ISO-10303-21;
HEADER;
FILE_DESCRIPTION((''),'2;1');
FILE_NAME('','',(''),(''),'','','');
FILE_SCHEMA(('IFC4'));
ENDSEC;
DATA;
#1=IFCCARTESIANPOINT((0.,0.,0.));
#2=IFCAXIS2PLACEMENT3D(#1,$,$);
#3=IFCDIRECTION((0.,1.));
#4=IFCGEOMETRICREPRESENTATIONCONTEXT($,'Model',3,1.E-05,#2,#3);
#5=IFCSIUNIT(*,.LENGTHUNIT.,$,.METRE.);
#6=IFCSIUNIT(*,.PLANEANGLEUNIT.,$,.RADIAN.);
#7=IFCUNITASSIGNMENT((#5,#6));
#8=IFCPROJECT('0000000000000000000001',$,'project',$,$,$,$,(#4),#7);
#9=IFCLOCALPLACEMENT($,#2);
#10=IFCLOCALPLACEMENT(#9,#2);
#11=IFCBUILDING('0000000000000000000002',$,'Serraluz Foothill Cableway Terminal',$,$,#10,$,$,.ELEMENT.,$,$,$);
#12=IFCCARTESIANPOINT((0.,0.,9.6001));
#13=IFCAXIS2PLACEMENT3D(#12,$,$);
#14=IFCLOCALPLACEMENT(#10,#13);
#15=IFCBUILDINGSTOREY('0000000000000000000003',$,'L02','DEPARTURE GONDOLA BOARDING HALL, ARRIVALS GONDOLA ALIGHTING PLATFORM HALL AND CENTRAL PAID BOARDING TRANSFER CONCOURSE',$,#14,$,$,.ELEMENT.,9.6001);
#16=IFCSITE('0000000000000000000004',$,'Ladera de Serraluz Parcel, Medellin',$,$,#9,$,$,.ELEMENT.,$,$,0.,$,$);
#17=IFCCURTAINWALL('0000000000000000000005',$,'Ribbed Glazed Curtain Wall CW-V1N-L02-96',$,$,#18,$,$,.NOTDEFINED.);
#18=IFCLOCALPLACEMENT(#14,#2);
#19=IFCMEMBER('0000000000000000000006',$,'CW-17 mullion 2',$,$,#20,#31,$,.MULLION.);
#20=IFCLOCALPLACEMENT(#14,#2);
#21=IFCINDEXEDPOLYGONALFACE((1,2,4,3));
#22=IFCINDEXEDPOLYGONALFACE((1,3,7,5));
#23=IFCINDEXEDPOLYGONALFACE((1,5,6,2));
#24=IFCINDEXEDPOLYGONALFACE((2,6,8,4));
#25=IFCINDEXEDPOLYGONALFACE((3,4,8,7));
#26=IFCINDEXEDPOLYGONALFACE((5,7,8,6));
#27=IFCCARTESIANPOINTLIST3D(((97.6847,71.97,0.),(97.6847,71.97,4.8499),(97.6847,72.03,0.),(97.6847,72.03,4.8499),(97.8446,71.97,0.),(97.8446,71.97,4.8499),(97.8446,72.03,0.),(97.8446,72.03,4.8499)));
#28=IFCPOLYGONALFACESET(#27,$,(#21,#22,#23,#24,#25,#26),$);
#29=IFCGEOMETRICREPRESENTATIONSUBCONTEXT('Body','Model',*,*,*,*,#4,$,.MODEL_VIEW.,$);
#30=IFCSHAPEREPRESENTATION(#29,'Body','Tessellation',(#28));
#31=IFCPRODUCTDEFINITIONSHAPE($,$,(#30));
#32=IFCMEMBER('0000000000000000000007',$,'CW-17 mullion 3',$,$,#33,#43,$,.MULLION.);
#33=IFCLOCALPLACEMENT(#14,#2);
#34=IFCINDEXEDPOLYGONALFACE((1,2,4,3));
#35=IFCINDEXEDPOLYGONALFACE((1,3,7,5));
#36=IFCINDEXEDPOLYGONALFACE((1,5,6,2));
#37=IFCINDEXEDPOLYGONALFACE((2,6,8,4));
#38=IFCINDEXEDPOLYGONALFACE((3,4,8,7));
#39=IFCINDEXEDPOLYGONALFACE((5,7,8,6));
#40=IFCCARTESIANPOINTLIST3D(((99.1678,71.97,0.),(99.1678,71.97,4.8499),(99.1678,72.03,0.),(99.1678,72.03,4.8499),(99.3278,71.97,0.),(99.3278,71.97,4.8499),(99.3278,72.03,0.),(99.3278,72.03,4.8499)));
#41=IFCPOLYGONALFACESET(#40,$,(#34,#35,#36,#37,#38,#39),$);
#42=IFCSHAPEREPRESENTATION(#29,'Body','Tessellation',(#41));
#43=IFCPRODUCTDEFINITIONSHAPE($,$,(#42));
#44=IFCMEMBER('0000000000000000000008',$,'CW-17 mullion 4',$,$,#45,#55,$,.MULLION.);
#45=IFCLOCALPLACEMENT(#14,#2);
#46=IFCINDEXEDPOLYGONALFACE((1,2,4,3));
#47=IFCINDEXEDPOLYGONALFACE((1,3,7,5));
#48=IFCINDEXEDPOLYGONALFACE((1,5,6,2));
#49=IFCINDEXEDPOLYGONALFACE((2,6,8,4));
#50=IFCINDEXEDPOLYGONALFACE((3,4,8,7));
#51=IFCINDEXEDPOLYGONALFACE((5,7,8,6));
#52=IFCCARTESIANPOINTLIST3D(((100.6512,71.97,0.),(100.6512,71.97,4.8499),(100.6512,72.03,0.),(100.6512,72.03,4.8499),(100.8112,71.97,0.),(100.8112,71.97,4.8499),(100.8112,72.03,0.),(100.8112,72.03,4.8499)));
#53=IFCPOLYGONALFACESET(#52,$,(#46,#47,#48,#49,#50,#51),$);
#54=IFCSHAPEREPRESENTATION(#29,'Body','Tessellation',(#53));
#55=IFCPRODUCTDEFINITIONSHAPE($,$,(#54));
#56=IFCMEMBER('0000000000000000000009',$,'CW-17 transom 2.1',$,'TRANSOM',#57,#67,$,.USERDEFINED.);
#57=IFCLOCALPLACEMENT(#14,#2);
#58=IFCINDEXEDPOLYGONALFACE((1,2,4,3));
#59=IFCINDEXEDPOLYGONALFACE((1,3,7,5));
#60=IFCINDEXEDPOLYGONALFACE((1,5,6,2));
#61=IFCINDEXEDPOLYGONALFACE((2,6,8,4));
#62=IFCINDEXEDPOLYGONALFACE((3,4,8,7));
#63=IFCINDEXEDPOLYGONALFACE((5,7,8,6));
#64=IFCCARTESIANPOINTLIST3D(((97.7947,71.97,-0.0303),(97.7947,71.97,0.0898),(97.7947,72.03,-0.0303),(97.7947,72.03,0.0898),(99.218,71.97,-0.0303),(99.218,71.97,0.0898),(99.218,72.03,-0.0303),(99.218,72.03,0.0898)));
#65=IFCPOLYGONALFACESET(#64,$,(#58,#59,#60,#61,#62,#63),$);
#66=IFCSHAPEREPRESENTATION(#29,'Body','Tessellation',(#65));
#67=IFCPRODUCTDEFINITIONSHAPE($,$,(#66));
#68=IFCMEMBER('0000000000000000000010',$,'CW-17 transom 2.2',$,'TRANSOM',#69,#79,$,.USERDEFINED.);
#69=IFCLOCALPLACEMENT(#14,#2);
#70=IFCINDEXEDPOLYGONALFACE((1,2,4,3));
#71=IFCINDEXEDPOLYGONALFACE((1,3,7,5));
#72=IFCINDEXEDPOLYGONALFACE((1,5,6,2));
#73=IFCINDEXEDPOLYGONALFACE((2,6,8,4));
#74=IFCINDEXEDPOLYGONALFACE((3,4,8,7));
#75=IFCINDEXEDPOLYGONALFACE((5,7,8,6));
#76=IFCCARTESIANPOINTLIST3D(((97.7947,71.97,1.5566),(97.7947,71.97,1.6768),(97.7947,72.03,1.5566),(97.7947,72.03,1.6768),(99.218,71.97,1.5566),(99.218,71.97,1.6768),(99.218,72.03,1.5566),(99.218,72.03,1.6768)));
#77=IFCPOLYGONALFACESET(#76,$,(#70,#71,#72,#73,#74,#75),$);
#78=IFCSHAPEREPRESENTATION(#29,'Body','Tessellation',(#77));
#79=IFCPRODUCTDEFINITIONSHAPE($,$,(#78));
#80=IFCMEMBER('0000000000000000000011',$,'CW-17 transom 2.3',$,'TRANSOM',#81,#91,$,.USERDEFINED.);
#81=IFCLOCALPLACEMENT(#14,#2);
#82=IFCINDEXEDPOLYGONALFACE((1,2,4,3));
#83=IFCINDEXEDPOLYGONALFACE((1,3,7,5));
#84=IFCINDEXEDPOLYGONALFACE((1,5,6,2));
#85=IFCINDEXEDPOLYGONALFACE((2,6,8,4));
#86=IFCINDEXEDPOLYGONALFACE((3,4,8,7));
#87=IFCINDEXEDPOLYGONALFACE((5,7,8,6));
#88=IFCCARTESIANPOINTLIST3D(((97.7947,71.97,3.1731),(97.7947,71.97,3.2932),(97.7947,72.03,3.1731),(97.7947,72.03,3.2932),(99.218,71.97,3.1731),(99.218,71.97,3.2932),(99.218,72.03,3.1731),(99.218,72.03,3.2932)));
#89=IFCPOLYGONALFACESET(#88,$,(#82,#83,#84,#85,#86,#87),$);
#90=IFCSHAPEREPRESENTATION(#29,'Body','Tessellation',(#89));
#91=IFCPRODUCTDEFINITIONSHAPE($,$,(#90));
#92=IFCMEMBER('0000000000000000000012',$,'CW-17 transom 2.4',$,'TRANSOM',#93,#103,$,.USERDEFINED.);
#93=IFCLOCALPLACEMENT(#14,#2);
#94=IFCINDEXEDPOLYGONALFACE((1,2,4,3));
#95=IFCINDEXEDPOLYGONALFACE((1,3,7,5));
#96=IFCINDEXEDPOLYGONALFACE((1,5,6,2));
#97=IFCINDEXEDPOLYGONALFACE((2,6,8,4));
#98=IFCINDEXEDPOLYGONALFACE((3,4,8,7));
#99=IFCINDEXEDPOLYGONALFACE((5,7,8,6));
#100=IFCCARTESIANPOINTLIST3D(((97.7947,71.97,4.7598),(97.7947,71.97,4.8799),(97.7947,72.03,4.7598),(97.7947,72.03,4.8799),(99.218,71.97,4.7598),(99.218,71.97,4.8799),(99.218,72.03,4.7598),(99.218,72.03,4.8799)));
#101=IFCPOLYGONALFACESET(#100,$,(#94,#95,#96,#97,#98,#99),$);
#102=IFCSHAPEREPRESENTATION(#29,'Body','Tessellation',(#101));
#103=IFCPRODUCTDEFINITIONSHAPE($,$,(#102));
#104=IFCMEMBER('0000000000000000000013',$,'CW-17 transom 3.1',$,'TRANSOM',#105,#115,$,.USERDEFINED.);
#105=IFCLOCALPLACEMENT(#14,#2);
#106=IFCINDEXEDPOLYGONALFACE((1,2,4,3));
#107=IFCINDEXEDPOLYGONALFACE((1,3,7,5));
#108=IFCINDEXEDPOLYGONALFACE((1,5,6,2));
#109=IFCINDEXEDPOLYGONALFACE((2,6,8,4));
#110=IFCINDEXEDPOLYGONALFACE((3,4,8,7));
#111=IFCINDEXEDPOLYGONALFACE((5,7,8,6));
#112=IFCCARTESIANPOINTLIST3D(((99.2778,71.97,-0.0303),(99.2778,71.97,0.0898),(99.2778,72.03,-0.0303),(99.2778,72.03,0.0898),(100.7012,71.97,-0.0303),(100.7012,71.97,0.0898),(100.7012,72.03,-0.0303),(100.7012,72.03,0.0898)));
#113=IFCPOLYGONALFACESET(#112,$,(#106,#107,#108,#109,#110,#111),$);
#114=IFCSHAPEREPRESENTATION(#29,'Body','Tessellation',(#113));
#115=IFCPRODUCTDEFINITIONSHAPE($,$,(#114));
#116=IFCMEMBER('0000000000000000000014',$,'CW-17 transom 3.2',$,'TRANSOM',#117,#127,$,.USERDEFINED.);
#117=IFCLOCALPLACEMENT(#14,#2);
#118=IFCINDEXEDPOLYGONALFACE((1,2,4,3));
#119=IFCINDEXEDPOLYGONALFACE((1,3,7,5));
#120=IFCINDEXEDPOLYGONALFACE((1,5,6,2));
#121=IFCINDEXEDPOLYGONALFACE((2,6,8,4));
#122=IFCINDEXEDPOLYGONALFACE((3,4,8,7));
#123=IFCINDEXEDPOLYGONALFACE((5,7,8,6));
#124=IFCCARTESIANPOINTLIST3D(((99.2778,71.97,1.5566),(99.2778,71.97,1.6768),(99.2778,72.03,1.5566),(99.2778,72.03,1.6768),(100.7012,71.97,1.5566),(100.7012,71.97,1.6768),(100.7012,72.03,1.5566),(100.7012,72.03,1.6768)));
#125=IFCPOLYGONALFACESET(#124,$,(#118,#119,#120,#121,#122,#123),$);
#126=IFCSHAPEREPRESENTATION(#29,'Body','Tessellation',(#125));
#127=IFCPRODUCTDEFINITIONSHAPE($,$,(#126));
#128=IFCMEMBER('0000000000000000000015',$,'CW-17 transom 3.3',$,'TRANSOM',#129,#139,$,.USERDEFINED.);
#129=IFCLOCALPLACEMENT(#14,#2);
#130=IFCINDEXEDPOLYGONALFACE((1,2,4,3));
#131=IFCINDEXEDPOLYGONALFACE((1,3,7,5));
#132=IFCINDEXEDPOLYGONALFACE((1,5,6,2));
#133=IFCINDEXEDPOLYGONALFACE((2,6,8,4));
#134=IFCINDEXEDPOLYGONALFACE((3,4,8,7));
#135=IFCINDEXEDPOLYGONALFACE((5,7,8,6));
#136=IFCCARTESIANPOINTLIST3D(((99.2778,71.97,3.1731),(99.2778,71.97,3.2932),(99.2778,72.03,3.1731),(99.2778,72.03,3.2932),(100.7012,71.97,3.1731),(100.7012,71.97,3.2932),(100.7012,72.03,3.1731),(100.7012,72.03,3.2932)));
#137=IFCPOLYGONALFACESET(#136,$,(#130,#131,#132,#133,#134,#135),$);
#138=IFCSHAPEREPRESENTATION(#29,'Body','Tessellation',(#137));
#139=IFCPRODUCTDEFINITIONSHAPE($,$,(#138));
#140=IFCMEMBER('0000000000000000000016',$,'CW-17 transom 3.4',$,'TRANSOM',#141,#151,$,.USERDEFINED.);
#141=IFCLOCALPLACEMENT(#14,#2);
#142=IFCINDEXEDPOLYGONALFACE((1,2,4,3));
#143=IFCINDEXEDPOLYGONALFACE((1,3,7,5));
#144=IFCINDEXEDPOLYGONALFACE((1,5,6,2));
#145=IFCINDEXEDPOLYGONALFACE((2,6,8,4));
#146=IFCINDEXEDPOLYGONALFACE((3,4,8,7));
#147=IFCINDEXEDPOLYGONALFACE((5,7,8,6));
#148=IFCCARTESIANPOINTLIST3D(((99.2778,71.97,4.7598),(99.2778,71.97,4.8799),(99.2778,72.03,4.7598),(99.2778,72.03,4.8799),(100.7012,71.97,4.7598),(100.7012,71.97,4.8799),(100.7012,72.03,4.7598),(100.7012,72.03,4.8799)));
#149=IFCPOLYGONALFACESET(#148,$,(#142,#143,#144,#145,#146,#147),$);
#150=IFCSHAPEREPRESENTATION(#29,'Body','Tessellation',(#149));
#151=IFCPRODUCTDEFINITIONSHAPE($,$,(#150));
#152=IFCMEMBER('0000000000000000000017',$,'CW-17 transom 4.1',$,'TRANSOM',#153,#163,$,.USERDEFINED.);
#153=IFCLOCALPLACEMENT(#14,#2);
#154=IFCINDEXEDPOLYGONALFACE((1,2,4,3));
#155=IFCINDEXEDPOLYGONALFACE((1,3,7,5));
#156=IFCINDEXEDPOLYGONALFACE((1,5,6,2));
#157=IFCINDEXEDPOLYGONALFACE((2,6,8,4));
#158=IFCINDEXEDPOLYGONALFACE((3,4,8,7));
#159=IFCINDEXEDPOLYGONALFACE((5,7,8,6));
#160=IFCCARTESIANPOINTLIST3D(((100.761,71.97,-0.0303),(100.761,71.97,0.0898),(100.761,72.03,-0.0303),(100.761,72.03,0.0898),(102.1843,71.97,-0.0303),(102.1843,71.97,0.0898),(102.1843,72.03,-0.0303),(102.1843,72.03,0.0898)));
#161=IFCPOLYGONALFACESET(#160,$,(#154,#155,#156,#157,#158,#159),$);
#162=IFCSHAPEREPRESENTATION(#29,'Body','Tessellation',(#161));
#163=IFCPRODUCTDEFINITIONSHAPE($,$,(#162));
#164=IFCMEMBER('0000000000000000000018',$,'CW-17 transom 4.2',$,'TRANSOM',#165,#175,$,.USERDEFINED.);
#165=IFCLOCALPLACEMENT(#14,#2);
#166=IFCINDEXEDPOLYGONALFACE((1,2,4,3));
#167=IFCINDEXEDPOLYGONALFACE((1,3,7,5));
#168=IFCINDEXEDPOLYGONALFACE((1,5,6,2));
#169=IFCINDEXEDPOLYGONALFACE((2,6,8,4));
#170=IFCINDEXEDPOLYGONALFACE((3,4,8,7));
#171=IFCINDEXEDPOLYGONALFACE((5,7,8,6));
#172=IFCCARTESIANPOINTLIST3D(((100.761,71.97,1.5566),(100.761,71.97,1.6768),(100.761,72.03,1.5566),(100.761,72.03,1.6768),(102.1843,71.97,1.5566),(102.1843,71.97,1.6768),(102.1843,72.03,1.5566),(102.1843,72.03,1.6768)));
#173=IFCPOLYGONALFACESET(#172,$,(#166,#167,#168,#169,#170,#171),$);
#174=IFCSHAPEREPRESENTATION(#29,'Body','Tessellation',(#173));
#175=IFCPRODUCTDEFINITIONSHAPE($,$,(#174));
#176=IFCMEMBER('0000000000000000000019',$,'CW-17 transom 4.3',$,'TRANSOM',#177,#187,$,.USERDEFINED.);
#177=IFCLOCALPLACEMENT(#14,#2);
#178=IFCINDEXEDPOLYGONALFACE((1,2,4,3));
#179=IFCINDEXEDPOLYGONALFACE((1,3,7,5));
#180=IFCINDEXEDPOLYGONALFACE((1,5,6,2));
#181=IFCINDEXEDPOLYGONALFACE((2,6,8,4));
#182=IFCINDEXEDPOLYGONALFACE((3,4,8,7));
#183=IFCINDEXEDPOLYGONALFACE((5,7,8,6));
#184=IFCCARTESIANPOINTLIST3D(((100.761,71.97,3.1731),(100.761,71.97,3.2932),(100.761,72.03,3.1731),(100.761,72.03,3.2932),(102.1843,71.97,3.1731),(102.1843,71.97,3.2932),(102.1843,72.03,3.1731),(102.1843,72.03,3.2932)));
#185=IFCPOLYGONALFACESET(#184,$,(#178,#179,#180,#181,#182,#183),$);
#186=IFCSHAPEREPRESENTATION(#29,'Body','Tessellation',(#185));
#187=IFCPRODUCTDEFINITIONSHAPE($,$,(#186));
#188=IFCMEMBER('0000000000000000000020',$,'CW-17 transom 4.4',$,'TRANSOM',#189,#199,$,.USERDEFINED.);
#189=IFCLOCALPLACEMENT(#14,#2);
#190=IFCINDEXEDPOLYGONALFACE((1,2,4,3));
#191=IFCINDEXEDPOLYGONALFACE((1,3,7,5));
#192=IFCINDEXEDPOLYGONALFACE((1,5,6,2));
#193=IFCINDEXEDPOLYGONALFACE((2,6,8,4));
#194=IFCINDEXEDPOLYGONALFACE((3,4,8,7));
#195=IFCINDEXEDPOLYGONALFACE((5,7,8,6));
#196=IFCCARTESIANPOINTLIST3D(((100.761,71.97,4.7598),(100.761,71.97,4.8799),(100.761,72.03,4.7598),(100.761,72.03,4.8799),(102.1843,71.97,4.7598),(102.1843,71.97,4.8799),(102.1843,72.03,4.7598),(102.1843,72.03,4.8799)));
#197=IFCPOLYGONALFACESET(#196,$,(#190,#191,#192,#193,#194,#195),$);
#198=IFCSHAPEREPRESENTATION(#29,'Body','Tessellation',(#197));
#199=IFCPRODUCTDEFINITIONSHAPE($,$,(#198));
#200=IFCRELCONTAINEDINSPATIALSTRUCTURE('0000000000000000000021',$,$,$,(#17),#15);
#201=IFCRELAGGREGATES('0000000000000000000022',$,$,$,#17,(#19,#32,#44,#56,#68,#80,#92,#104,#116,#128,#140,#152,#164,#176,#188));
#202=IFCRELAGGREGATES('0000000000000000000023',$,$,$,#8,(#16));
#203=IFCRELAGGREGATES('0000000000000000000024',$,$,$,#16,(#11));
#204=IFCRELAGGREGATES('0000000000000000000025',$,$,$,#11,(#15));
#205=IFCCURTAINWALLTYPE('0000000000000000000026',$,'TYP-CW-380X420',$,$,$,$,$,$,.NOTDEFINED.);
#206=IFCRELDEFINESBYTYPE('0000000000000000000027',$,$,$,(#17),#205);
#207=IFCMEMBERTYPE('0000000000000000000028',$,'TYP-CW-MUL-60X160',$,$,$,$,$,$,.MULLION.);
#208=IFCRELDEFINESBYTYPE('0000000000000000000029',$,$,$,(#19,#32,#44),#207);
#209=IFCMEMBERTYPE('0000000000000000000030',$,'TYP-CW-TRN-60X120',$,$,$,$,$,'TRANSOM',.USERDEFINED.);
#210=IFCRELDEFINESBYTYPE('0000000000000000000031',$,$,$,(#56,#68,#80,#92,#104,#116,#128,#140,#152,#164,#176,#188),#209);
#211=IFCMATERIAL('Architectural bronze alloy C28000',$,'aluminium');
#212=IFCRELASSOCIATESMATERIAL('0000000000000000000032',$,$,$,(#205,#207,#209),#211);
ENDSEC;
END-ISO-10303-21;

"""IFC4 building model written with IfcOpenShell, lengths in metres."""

from ifc_helpers import new_model, si_unit, direction, frame, origin, origin_2d, place, context, subcontext, project, spatial, rectangle, extrude, material, material_profile, profile_set, type_object, element, aggregate, save


model = new_model("IFC4")

# Units and contexts
model_context = context("Model", 3, precision=1e-05, world=origin(), true_north=direction((0.0, 1.0)))
body_context = subcontext(model_context, "Body", "Model", "MODEL_VIEW")
ifc_project = project(units=[si_unit("LENGTHUNIT", "METRE"), si_unit("PLANEANGLEUNIT", "RADIAN")], contexts=[model_context])

# Site, building, storey
site_placement = place(None, origin())
site = spatial("IfcSite", under=ifc_project, at=site_placement, Name="Ladera de Serraluz Parcel, Medellin", CompositionType="ELEMENT", RefElevation=0.0)
building_placement = place(site_placement, origin())
building = spatial("IfcBuilding", under=site, at=building_placement, Name="Serraluz Foothill Cableway Terminal", CompositionType="ELEMENT")
storey_placement = place(building_placement, frame((0.0, 0.0, 9.6001)))
storey = spatial("IfcBuildingStorey", under=building, at=storey_placement, Name="L02", Description="DEPARTURE GONDOLA BOARDING HALL, ARRIVALS GONDOLA ALIGHTING PLATFORM HALL AND CENTRAL PAID BOARDING TRANSFER CONCOURSE", CompositionType="ELEMENT", Elevation=9.6001)

# Curtain wall, members
ifc_material_1 = material(Name="Architectural bronze alloy C28000", Category="aluminium")
curtain_wall_type = type_object("IfcCurtainWallType", Name="TYP-CW-380X420", PredefinedType="NOTDEFINED", material=ifc_material_1)
curtain_wall_placement = place(storey_placement, origin())
curtain_wall = element("IfcCurtainWall", 1, at=curtain_wall_placement, inside=storey, type_object=curtain_wall_type, Name="Ribbed Glazed Curtain Wall CW-V1N-L02-96", PredefinedType="NOTDEFINED")
ifc_material_profile_1 = material_profile(ifc_material_1, rectangle(XDim=0.0601, YDim=0.1599, at=origin_2d()), Name="ALU MULLION 60x160")
ifc_profile_set_1 = profile_set([ifc_material_profile_1], Name="Architectural bronze alloy C28000")
member_type_1 = type_object("IfcMemberType", Name="TYP-CW-MUL-60X160", PredefinedType="MULLION", material=ifc_profile_set_1)
member_1_placement = place(storey_placement, frame((97.7646, 72.0, 0.0), z_axis=(0.0, 0.0, 1.0), x_axis=(0.0, 1.0, 0.0)))
member_1 = element("IfcMember", 2, at=member_1_placement, type_object=member_type_1, Name="CW-17 mullion 2", PredefinedType="MULLION", context=body_context, shape_type="SweptSolid", body=[
    extrude(rectangle(XDim=0.0601, YDim=0.1599, at=origin_2d()), origin(), (0.0, 0.0, 1.0), 4.8499),
])
member_2_placement = place(storey_placement, frame((99.2478, 72.0, 0.0), z_axis=(0.0, 0.0, 1.0), x_axis=(0.0, 1.0, 0.0)))
member_2 = element("IfcMember", 3, at=member_2_placement, type_object=member_type_1, Name="CW-17 mullion 3", PredefinedType="MULLION", context=body_context, shape_type="SweptSolid", body=[
    extrude(rectangle(XDim=0.0601, YDim=0.1599, at=origin_2d()), origin(), (0.0, 0.0, 1.0), 4.8499),
])
member_3_placement = place(storey_placement, frame((100.7312, 72.0, 0.0), z_axis=(0.0, 0.0, 1.0), x_axis=(0.0, 1.0, 0.0)))
member_3 = element("IfcMember", 4, at=member_3_placement, type_object=member_type_1, Name="CW-17 mullion 4", PredefinedType="MULLION", context=body_context, shape_type="SweptSolid", body=[
    extrude(rectangle(XDim=0.0601, YDim=0.1599, at=origin_2d()), origin(), (0.0, 0.0, 1.0), 4.8499),
])
ifc_material_profile_2 = material_profile(ifc_material_1, rectangle(XDim=0.0601, YDim=0.1201, at=origin_2d()), Name="ALU TRANSOM 60x120")
ifc_profile_set_2 = profile_set([ifc_material_profile_2], Name="Architectural bronze alloy C28000")
member_type_2 = type_object("IfcMemberType", Name="TYP-CW-TRN-60X120", ElementType="TRANSOM", PredefinedType="USERDEFINED", material=ifc_profile_set_2)
member_4_placement = place(storey_placement, frame((97.7947, 72.0, 0.0298), z_axis=(1.0, 0.0, 0.0), x_axis=(0.0, 1.0, 0.0)))
member_4 = element("IfcMember", 5, at=member_4_placement, type_object=member_type_2, Name="CW-17 transom 2.1", ObjectType="TRANSOM", PredefinedType="USERDEFINED", context=body_context, shape_type="SweptSolid", body=[
    extrude(rectangle(XDim=0.0601, YDim=0.1201, at=origin_2d()), origin(), (0.0, 0.0, 1.0), 1.4233),
])
member_5_placement = place(storey_placement, frame((97.7947, 72.0, 1.6167), z_axis=(1.0, 0.0, 0.0), x_axis=(0.0, 1.0, 0.0)))
member_5 = element("IfcMember", 6, at=member_5_placement, type_object=member_type_2, Name="CW-17 transom 2.2", ObjectType="TRANSOM", PredefinedType="USERDEFINED", context=body_context, shape_type="SweptSolid", body=[
    extrude(rectangle(XDim=0.0601, YDim=0.1201, at=origin_2d()), origin(), (0.0, 0.0, 1.0), 1.4233),
])
member_6_placement = place(storey_placement, frame((97.7947, 72.0, 3.2332), z_axis=(1.0, 0.0, 0.0), x_axis=(0.0, 1.0, 0.0)))
member_6 = element("IfcMember", 7, at=member_6_placement, type_object=member_type_2, Name="CW-17 transom 2.3", ObjectType="TRANSOM", PredefinedType="USERDEFINED", context=body_context, shape_type="SweptSolid", body=[
    extrude(rectangle(XDim=0.0601, YDim=0.1201, at=origin_2d()), origin(), (0.0, 0.0, 1.0), 1.4233),
])
member_7_placement = place(storey_placement, frame((97.7947, 72.0, 4.8198), z_axis=(1.0, 0.0, 0.0), x_axis=(0.0, 1.0, 0.0)))
member_7 = element("IfcMember", 8, at=member_7_placement, type_object=member_type_2, Name="CW-17 transom 2.4", ObjectType="TRANSOM", PredefinedType="USERDEFINED", context=body_context, shape_type="SweptSolid", body=[
    extrude(rectangle(XDim=0.0601, YDim=0.1201, at=origin_2d()), origin(), (0.0, 0.0, 1.0), 1.4233),
])
member_8_placement = place(storey_placement, frame((99.2778, 72.0, 0.0298), z_axis=(1.0, 0.0, 0.0), x_axis=(0.0, 1.0, 0.0)))
member_8 = element("IfcMember", 9, at=member_8_placement, type_object=member_type_2, Name="CW-17 transom 3.1", ObjectType="TRANSOM", PredefinedType="USERDEFINED", context=body_context, shape_type="SweptSolid", body=[
    extrude(rectangle(XDim=0.0601, YDim=0.1201, at=origin_2d()), origin(), (0.0, 0.0, 1.0), 1.4233),
])
member_9_placement = place(storey_placement, frame((99.2778, 72.0, 1.6167), z_axis=(1.0, 0.0, 0.0), x_axis=(0.0, 1.0, 0.0)))
member_9 = element("IfcMember", 10, at=member_9_placement, type_object=member_type_2, Name="CW-17 transom 3.2", ObjectType="TRANSOM", PredefinedType="USERDEFINED", context=body_context, shape_type="SweptSolid", body=[
    extrude(rectangle(XDim=0.0601, YDim=0.1201, at=origin_2d()), origin(), (0.0, 0.0, 1.0), 1.4233),
])
member_10_placement = place(storey_placement, frame((99.2778, 72.0, 3.2332), z_axis=(1.0, 0.0, 0.0), x_axis=(0.0, 1.0, 0.0)))
member_10 = element("IfcMember", 11, at=member_10_placement, type_object=member_type_2, Name="CW-17 transom 3.3", ObjectType="TRANSOM", PredefinedType="USERDEFINED", context=body_context, shape_type="SweptSolid", body=[
    extrude(rectangle(XDim=0.0601, YDim=0.1201, at=origin_2d()), origin(), (0.0, 0.0, 1.0), 1.4233),
])
member_11_placement = place(storey_placement, frame((99.2778, 72.0, 4.8198), z_axis=(1.0, 0.0, 0.0), x_axis=(0.0, 1.0, 0.0)))
member_11 = element("IfcMember", 12, at=member_11_placement, type_object=member_type_2, Name="CW-17 transom 3.4", ObjectType="TRANSOM", PredefinedType="USERDEFINED", context=body_context, shape_type="SweptSolid", body=[
    extrude(rectangle(XDim=0.0601, YDim=0.1201, at=origin_2d()), origin(), (0.0, 0.0, 1.0), 1.4233),
])
member_12_placement = place(storey_placement, frame((100.761, 72.0, 0.0298), z_axis=(1.0, 0.0, 0.0), x_axis=(0.0, 1.0, 0.0)))
member_12 = element("IfcMember", 13, at=member_12_placement, type_object=member_type_2, Name="CW-17 transom 4.1", ObjectType="TRANSOM", PredefinedType="USERDEFINED", context=body_context, shape_type="SweptSolid", body=[
    extrude(rectangle(XDim=0.0601, YDim=0.1201, at=origin_2d()), origin(), (0.0, 0.0, 1.0), 1.4233),
])
member_13_placement = place(storey_placement, frame((100.761, 72.0, 1.6167), z_axis=(1.0, 0.0, 0.0), x_axis=(0.0, 1.0, 0.0)))
member_13 = element("IfcMember", 14, at=member_13_placement, type_object=member_type_2, Name="CW-17 transom 4.2", ObjectType="TRANSOM", PredefinedType="USERDEFINED", context=body_context, shape_type="SweptSolid", body=[
    extrude(rectangle(XDim=0.0601, YDim=0.1201, at=origin_2d()), origin(), (0.0, 0.0, 1.0), 1.4233),
])
member_14_placement = place(storey_placement, frame((100.761, 72.0, 3.2332), z_axis=(1.0, 0.0, 0.0), x_axis=(0.0, 1.0, 0.0)))
member_14 = element("IfcMember", 15, at=member_14_placement, type_object=member_type_2, Name="CW-17 transom 4.3", ObjectType="TRANSOM", PredefinedType="USERDEFINED", context=body_context, shape_type="SweptSolid", body=[
    extrude(rectangle(XDim=0.0601, YDim=0.1201, at=origin_2d()), origin(), (0.0, 0.0, 1.0), 1.4233),
])
member_15_placement = place(storey_placement, frame((100.761, 72.0, 4.8198), z_axis=(1.0, 0.0, 0.0), x_axis=(0.0, 1.0, 0.0)))
member_15 = element("IfcMember", 16, at=member_15_placement, type_object=member_type_2, Name="CW-17 transom 4.4", ObjectType="TRANSOM", PredefinedType="USERDEFINED", context=body_context, shape_type="SweptSolid", body=[
    extrude(rectangle(XDim=0.0601, YDim=0.1201, at=origin_2d()), origin(), (0.0, 0.0, 1.0), 1.4233),
])
aggregate(curtain_wall, [member_1, member_2, member_3, member_4, member_5, member_6, member_7, member_8, member_9, member_10, member_11, member_12, member_13, member_14, member_15])

save(model, "model.ifc")
